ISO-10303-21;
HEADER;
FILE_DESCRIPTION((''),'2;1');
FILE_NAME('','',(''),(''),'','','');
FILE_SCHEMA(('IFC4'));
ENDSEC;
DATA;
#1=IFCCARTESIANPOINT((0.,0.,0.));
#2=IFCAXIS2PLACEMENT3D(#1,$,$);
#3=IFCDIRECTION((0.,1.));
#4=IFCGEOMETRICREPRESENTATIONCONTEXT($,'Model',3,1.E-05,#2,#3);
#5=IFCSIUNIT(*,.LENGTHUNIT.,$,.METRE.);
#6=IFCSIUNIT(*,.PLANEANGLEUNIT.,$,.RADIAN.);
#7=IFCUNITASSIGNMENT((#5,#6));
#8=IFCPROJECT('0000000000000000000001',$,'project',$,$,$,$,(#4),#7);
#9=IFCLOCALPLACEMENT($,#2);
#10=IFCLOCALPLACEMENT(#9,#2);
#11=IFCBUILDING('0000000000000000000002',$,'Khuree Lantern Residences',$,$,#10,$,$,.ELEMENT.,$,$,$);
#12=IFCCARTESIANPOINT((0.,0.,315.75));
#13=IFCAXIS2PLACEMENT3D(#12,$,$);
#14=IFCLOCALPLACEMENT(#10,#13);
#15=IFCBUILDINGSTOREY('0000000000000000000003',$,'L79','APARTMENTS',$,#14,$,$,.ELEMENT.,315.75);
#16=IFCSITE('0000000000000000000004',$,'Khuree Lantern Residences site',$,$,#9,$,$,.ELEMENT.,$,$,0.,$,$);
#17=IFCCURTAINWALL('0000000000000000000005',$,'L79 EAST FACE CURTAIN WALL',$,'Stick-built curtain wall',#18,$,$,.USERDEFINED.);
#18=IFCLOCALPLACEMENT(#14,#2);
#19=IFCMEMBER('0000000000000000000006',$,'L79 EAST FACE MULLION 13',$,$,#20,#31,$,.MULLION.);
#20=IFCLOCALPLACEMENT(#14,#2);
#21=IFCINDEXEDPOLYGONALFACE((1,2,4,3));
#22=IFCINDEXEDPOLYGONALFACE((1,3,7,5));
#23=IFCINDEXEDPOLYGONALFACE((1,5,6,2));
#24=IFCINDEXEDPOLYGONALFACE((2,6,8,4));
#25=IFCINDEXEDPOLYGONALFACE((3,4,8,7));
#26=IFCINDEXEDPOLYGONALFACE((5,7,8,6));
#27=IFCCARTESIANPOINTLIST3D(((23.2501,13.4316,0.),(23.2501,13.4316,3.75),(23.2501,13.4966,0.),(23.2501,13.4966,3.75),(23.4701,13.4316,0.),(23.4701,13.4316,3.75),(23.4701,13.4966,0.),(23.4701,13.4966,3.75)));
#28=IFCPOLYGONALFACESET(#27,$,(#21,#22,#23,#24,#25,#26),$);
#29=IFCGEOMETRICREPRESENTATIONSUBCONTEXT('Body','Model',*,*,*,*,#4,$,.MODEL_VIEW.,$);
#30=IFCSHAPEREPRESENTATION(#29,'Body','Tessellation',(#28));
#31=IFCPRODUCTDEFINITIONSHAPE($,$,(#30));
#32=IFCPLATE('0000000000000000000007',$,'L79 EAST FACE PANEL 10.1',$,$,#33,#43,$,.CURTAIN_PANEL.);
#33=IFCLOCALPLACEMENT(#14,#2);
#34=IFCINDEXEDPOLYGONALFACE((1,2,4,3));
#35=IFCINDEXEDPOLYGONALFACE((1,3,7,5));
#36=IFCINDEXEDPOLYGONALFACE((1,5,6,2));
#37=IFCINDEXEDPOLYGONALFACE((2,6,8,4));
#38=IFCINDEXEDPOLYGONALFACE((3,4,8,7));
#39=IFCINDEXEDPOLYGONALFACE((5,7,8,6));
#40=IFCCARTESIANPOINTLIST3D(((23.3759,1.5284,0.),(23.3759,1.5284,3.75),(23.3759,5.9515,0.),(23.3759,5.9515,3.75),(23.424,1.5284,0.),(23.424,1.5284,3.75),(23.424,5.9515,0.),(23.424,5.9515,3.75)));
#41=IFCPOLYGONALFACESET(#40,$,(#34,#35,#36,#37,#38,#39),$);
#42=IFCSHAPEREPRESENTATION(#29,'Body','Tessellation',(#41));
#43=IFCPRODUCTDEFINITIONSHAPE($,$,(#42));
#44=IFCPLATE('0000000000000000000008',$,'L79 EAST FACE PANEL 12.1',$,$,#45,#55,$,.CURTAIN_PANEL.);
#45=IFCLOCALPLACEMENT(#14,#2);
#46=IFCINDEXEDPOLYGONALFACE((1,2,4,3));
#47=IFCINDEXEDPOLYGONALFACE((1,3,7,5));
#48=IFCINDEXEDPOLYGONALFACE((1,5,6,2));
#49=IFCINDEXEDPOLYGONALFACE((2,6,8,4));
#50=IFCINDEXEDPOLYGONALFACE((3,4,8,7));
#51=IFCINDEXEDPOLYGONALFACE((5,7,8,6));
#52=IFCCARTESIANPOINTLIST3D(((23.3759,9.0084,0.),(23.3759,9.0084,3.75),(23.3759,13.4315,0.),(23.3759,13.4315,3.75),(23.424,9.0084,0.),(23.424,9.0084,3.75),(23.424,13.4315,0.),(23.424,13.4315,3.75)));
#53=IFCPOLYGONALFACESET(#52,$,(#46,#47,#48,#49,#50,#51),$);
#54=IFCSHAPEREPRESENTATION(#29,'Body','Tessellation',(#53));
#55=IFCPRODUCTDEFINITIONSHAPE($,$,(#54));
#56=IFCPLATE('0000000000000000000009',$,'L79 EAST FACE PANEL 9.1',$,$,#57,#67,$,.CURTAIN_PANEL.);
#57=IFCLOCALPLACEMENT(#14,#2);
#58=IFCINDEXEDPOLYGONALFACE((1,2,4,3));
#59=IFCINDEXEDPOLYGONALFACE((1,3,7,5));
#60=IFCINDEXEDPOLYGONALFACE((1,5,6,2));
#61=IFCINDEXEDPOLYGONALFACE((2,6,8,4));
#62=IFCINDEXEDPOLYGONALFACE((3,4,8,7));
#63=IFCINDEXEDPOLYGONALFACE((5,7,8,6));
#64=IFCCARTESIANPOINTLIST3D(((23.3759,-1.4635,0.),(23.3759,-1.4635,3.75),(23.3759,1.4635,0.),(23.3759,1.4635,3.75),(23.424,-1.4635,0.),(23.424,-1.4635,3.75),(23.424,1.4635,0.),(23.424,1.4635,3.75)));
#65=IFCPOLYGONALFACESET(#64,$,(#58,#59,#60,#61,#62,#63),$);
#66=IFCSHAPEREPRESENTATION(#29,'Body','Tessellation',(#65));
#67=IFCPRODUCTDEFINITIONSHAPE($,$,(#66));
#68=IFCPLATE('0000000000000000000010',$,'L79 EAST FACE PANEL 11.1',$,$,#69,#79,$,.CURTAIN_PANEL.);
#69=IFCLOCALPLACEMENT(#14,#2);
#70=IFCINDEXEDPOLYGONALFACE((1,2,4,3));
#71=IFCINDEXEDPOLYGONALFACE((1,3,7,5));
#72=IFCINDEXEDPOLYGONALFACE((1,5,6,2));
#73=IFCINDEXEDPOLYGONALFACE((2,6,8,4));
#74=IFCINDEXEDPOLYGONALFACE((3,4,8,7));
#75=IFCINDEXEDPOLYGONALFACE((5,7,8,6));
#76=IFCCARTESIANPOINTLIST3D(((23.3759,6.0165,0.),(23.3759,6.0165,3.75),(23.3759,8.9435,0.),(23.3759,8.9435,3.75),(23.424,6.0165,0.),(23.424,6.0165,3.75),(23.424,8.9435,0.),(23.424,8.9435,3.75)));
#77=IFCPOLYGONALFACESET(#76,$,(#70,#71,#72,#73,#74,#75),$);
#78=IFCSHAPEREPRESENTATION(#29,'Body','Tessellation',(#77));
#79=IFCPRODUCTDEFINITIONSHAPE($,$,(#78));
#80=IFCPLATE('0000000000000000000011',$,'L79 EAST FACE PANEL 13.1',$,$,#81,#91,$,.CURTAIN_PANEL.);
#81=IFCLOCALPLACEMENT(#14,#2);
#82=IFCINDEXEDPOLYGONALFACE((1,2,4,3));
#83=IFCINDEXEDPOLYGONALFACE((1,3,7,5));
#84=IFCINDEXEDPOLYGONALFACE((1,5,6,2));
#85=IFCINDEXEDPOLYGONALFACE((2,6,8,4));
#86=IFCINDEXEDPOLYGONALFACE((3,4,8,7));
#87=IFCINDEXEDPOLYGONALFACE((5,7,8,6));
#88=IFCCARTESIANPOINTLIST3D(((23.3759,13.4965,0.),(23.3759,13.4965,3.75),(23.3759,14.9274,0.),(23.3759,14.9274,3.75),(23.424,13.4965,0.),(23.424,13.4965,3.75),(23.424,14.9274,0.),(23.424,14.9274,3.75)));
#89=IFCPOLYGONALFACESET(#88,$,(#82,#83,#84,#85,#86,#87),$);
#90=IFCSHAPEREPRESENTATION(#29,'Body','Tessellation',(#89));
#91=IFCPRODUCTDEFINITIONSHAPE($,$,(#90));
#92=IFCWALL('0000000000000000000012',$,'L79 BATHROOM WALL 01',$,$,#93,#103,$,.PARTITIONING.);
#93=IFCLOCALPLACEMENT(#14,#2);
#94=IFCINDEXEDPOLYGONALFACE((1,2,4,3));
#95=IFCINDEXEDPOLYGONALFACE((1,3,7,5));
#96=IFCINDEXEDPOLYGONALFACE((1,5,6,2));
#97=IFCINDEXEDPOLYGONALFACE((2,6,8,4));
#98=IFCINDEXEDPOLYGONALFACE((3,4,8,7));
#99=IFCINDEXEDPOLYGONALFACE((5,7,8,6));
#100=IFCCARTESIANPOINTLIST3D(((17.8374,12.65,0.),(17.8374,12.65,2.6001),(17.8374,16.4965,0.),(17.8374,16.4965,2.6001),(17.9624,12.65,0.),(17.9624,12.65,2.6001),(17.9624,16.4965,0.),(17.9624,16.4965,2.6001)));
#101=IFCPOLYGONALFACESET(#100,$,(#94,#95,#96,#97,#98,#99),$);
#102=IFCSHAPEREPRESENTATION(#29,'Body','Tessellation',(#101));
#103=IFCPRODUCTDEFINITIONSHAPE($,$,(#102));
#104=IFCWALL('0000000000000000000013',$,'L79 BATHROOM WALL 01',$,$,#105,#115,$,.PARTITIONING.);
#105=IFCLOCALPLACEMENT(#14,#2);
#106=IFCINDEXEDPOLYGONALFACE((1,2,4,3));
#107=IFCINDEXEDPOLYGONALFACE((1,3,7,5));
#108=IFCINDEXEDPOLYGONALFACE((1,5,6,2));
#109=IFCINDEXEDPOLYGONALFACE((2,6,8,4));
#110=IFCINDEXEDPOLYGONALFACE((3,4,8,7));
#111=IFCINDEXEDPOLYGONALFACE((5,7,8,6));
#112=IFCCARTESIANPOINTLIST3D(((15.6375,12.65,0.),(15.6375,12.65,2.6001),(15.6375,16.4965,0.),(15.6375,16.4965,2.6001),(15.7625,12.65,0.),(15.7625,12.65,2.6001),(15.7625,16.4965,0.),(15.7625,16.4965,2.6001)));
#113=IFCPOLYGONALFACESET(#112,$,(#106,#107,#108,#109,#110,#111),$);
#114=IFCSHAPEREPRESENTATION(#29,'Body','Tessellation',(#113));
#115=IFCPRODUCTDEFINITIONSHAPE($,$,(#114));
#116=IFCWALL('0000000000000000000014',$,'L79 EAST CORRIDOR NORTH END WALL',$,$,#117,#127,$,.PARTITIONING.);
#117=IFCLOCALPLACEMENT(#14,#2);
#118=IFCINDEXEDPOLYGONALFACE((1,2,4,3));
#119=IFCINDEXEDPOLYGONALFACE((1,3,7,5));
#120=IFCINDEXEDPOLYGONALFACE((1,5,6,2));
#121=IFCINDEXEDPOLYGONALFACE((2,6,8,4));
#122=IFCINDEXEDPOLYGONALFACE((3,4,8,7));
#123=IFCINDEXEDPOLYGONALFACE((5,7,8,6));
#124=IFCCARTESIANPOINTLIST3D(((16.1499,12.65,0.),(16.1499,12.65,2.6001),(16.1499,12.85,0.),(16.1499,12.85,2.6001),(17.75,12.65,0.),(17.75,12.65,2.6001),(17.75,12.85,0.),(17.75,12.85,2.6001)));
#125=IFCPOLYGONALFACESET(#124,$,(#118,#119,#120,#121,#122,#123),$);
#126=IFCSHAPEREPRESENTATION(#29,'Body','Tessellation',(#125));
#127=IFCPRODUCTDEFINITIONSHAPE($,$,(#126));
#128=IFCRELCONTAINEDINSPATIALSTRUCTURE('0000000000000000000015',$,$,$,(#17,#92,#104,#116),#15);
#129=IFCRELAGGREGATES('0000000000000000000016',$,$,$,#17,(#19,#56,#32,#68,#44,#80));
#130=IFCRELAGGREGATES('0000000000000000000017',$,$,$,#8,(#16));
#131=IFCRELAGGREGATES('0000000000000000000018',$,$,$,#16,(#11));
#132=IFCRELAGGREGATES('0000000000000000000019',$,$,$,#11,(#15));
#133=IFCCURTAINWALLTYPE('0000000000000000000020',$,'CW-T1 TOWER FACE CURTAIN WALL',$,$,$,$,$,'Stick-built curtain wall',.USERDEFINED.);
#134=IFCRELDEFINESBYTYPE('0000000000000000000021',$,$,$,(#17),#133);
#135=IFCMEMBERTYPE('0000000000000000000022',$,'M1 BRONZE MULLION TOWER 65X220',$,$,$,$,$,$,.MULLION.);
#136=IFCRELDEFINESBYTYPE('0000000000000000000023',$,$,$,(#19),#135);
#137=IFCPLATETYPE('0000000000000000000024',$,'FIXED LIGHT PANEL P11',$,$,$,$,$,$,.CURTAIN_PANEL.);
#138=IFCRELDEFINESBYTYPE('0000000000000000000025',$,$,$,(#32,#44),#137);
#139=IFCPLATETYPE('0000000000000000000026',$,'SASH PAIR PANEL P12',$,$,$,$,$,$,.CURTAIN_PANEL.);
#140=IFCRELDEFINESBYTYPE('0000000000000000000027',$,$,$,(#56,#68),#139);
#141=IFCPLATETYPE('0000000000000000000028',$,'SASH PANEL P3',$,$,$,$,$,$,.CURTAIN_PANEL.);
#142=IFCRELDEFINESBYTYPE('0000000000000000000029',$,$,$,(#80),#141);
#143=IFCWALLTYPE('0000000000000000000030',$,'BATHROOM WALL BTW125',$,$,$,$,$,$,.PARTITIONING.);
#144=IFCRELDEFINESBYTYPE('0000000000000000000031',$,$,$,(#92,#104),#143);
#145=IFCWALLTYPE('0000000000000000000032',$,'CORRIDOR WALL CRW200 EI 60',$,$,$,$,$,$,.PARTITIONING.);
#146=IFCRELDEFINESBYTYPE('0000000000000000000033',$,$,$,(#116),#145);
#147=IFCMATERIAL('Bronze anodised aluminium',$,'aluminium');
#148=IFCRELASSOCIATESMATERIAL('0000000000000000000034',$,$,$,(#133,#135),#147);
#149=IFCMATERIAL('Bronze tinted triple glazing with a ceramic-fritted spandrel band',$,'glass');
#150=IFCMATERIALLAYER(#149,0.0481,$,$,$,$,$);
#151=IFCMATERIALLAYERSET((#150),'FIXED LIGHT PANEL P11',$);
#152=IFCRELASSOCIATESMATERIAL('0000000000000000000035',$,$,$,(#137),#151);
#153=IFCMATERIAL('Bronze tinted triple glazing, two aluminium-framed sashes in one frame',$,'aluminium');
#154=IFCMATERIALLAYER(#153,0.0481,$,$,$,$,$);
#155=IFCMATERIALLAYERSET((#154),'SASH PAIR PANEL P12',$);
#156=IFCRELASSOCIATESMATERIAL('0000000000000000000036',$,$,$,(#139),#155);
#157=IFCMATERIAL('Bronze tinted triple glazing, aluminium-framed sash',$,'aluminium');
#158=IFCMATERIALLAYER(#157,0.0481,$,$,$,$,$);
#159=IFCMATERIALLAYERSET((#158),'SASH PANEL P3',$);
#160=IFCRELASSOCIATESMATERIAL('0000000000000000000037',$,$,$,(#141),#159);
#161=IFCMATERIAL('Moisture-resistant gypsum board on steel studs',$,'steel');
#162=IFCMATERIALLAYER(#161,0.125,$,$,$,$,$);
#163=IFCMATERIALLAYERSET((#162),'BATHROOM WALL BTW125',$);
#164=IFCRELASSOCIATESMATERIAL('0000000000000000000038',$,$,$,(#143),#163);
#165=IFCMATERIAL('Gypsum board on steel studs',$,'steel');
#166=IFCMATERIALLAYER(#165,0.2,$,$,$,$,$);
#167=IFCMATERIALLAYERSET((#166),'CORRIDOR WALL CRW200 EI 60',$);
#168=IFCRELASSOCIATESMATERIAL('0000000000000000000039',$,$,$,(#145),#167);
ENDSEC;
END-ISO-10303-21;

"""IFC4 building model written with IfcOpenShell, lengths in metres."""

from ifc_helpers import new_model, si_unit, direction, frame, frame_2d, origin, origin_2d, place, context, subcontext, project, spatial, rectangle, extrude, material, layer, layer_set, material_profile, profile_set, type_object, element, aggregate, save


model = new_model("IFC4")

# Units and contexts
model_context = context("Model", 3, precision=1e-05, world=origin(), true_north=direction((0.0, 1.0)))
body_context = subcontext(model_context, "Body", "Model", "MODEL_VIEW")
ifc_project = project(units=[si_unit("LENGTHUNIT", "METRE"), si_unit("PLANEANGLEUNIT", "RADIAN")], contexts=[model_context])

# Site, building, storey
site_placement = place(None, origin())
site = spatial("IfcSite", under=ifc_project, at=site_placement, Name="Khuree Lantern Residences site", CompositionType="ELEMENT", RefElevation=0.0)
building_placement = place(site_placement, origin())
building = spatial("IfcBuilding", under=site, at=building_placement, Name="Khuree Lantern Residences", CompositionType="ELEMENT")
storey_placement = place(building_placement, frame((0.0, 0.0, 315.75)))
storey = spatial("IfcBuildingStorey", under=building, at=storey_placement, Name="L79", Description="APARTMENTS", CompositionType="ELEMENT", Elevation=315.75)

# Curtain wall
ifc_material_1 = material(Name="Bronze anodised aluminium", Category="aluminium")
curtain_wall_type = type_object("IfcCurtainWallType", Name="CW-T1 TOWER FACE CURTAIN WALL", ElementType="Stick-built curtain wall", PredefinedType="USERDEFINED", material=ifc_material_1)
curtain_wall_placement = place(storey_placement, origin())
curtain_wall = element("IfcCurtainWall", 1, at=curtain_wall_placement, inside=storey, type_object=curtain_wall_type, Name="L79 EAST FACE CURTAIN WALL", ObjectType="Stick-built curtain wall", PredefinedType="USERDEFINED")

# Member
ifc_material_profile_1 = material_profile(ifc_material_1, rectangle(XDim=0.0649, YDim=0.22, at=origin_2d()), Name="M1 65X220")
ifc_profile_set_1 = profile_set([ifc_material_profile_1], Name="Bronze anodised aluminium")
member_type_1 = type_object("IfcMemberType", Name="M1 BRONZE MULLION TOWER 65X220", PredefinedType="MULLION", material=ifc_profile_set_1)
member_1_placement = place(storey_placement, frame((23.3601, 13.4641, 0.0), z_axis=(0.0, 0.0, 1.0), x_axis=(0.0, 1.0, 0.0)))
member_1 = element("IfcMember", 2, at=member_1_placement, type_object=member_type_1, Name="L79 EAST FACE MULLION 13", PredefinedType="MULLION", context=body_context, shape_type="SweptSolid", body=[
    extrude(rectangle(XDim=0.0649, YDim=0.22, at=origin_2d()), origin(), (0.0, 0.0, 1.0), 3.75),
])

# Plates
ifc_material_2 = material(Name="Bronze tinted triple glazing with a ceramic-fritted spandrel band", Category="glass")
ifc_layer_1 = layer(ifc_material_2, 0.0481)
ifc_layer_set_1 = layer_set([ifc_layer_1], Name="FIXED LIGHT PANEL P11")
plate_type_1 = type_object("IfcPlateType", Name="FIXED LIGHT PANEL P11", PredefinedType="CURTAIN_PANEL", material=ifc_layer_set_1)
plate_1_placement = place(storey_placement, frame((23.3999, 3.74, 0.0), z_axis=(0.0, 0.0, 1.0), x_axis=(0.0, 1.0, 0.0)))
plate_1 = element("IfcPlate", 3, at=plate_1_placement, type_object=plate_type_1, Name="L79 EAST FACE PANEL 10.1", PredefinedType="CURTAIN_PANEL", context=body_context, shape_type="SweptSolid", body=[
    extrude(rectangle(XDim=4.4231, YDim=0.0481, at=origin_2d()), origin(), (0.0, 0.0, 1.0), 3.75),
])
plate_2_placement = place(storey_placement, frame((23.3999, 11.22, 0.0), z_axis=(0.0, 0.0, 1.0), x_axis=(0.0, 1.0, 0.0)))
plate_2 = element("IfcPlate", 4, at=plate_2_placement, type_object=plate_type_1, Name="L79 EAST FACE PANEL 12.1", PredefinedType="CURTAIN_PANEL", context=body_context, shape_type="SweptSolid", body=[
    extrude(rectangle(XDim=4.4231, YDim=0.0481, at=origin_2d()), origin(), (0.0, 0.0, 1.0), 3.75),
])
ifc_material_3 = material(Name="Bronze tinted triple glazing, two aluminium-framed sashes in one frame", Category="aluminium")
ifc_layer_2 = layer(ifc_material_3, 0.0481)
ifc_layer_set_2 = layer_set([ifc_layer_2], Name="SASH PAIR PANEL P12")
plate_type_2 = type_object("IfcPlateType", Name="SASH PAIR PANEL P12", PredefinedType="CURTAIN_PANEL", material=ifc_layer_set_2)
plate_3_placement = place(storey_placement, frame((23.3999, 0.0, 0.0), z_axis=(0.0, 0.0, 1.0), x_axis=(0.0, 1.0, 0.0)))
plate_3 = element("IfcPlate", 5, at=plate_3_placement, type_object=plate_type_2, Name="L79 EAST FACE PANEL 9.1", PredefinedType="CURTAIN_PANEL", context=body_context, shape_type="SweptSolid", body=[
    extrude(rectangle(XDim=2.927, YDim=0.0481, at=origin_2d()), origin(), (0.0, 0.0, 1.0), 3.75),
])
plate_4_placement = place(storey_placement, frame((23.3999, 7.48, 0.0), z_axis=(0.0, 0.0, 1.0), x_axis=(0.0, 1.0, 0.0)))
plate_4 = element("IfcPlate", 6, at=plate_4_placement, type_object=plate_type_2, Name="L79 EAST FACE PANEL 11.1", PredefinedType="CURTAIN_PANEL", context=body_context, shape_type="SweptSolid", body=[
    extrude(rectangle(XDim=2.927, YDim=0.0481, at=origin_2d()), origin(), (0.0, 0.0, 1.0), 3.75),
])
ifc_material_4 = material(Name="Bronze tinted triple glazing, aluminium-framed sash", Category="aluminium")
ifc_layer_3 = layer(ifc_material_4, 0.0481)
ifc_layer_set_3 = layer_set([ifc_layer_3], Name="SASH PANEL P3")
plate_type_3 = type_object("IfcPlateType", Name="SASH PANEL P3", PredefinedType="CURTAIN_PANEL", material=ifc_layer_set_3)
plate_5_placement = place(storey_placement, frame((23.3999, 14.2119, 0.0), z_axis=(0.0, 0.0, 1.0), x_axis=(0.0, 1.0, 0.0)))
plate_5 = element("IfcPlate", 7, at=plate_5_placement, type_object=plate_type_3, Name="L79 EAST FACE PANEL 13.1", PredefinedType="CURTAIN_PANEL", context=body_context, shape_type="SweptSolid", body=[
    extrude(rectangle(XDim=1.4309, YDim=0.0481, at=origin_2d()), origin(), (0.0, 0.0, 1.0), 3.75),
])
aggregate(curtain_wall, [member_1, plate_3, plate_1, plate_4, plate_2, plate_5])

# Walls
ifc_material_5 = material(Name="Moisture-resistant gypsum board on steel studs", Category="steel")
ifc_layer_4 = layer(ifc_material_5, 0.125)
ifc_layer_set_4 = layer_set([ifc_layer_4], Name="BATHROOM WALL BTW125")
wall_type_1 = type_object("IfcWallType", Name="BATHROOM WALL BTW125", PredefinedType="PARTITIONING", material=ifc_layer_set_4)
for number, where, z_axis, x_axis, name in (
    (8, (17.8999, 12.6499, 0.0), (0.0, 0.0, 1.0), (0.0, 1.0, 0.0), "L79 BATHROOM WALL 01"),
    (9, (15.7, 12.6499, 0.0), (0.0, 0.0, 1.0), (0.0, 1.0, 0.0), "L79 BATHROOM WALL 01"),
):
    element("IfcWall", number, at=place(storey_placement, frame(where, z_axis=z_axis, x_axis=x_axis)), inside=storey, type_object=wall_type_1, Name=name, PredefinedType="PARTITIONING", context=body_context, shape_type="SweptSolid", body=[
        extrude(rectangle(XDim=3.8464, YDim=0.125, at=frame_2d((1.9233, 0.0))), origin(), (0.0, 0.0, 1.0), 2.6001),
    ])
ifc_material_6 = material(Name="Gypsum board on steel studs", Category="steel")
ifc_layer_5 = layer(ifc_material_6, 0.2)
ifc_layer_set_5 = layer_set([ifc_layer_5], Name="CORRIDOR WALL CRW200 EI 60")
wall_type_2 = type_object("IfcWallType", Name="CORRIDOR WALL CRW200 EI 60", PredefinedType="PARTITIONING", material=ifc_layer_set_5)
wall_placement = place(storey_placement, frame((16.1499, 12.75, 0.0), z_axis=(0.0, 0.0, 1.0), x_axis=(1.0, 0.0, 0.0)))
element("IfcWall", 10, at=wall_placement, inside=storey, type_object=wall_type_2, Name="L79 EAST CORRIDOR NORTH END WALL", PredefinedType="PARTITIONING", context=body_context, shape_type="SweptSolid", body=[
    extrude(rectangle(XDim=1.6001, YDim=0.2, at=frame_2d((0.8, 0.0))), origin(), (0.0, 0.0, 1.0), 2.6001),
])

save(model, "model.ifc")
